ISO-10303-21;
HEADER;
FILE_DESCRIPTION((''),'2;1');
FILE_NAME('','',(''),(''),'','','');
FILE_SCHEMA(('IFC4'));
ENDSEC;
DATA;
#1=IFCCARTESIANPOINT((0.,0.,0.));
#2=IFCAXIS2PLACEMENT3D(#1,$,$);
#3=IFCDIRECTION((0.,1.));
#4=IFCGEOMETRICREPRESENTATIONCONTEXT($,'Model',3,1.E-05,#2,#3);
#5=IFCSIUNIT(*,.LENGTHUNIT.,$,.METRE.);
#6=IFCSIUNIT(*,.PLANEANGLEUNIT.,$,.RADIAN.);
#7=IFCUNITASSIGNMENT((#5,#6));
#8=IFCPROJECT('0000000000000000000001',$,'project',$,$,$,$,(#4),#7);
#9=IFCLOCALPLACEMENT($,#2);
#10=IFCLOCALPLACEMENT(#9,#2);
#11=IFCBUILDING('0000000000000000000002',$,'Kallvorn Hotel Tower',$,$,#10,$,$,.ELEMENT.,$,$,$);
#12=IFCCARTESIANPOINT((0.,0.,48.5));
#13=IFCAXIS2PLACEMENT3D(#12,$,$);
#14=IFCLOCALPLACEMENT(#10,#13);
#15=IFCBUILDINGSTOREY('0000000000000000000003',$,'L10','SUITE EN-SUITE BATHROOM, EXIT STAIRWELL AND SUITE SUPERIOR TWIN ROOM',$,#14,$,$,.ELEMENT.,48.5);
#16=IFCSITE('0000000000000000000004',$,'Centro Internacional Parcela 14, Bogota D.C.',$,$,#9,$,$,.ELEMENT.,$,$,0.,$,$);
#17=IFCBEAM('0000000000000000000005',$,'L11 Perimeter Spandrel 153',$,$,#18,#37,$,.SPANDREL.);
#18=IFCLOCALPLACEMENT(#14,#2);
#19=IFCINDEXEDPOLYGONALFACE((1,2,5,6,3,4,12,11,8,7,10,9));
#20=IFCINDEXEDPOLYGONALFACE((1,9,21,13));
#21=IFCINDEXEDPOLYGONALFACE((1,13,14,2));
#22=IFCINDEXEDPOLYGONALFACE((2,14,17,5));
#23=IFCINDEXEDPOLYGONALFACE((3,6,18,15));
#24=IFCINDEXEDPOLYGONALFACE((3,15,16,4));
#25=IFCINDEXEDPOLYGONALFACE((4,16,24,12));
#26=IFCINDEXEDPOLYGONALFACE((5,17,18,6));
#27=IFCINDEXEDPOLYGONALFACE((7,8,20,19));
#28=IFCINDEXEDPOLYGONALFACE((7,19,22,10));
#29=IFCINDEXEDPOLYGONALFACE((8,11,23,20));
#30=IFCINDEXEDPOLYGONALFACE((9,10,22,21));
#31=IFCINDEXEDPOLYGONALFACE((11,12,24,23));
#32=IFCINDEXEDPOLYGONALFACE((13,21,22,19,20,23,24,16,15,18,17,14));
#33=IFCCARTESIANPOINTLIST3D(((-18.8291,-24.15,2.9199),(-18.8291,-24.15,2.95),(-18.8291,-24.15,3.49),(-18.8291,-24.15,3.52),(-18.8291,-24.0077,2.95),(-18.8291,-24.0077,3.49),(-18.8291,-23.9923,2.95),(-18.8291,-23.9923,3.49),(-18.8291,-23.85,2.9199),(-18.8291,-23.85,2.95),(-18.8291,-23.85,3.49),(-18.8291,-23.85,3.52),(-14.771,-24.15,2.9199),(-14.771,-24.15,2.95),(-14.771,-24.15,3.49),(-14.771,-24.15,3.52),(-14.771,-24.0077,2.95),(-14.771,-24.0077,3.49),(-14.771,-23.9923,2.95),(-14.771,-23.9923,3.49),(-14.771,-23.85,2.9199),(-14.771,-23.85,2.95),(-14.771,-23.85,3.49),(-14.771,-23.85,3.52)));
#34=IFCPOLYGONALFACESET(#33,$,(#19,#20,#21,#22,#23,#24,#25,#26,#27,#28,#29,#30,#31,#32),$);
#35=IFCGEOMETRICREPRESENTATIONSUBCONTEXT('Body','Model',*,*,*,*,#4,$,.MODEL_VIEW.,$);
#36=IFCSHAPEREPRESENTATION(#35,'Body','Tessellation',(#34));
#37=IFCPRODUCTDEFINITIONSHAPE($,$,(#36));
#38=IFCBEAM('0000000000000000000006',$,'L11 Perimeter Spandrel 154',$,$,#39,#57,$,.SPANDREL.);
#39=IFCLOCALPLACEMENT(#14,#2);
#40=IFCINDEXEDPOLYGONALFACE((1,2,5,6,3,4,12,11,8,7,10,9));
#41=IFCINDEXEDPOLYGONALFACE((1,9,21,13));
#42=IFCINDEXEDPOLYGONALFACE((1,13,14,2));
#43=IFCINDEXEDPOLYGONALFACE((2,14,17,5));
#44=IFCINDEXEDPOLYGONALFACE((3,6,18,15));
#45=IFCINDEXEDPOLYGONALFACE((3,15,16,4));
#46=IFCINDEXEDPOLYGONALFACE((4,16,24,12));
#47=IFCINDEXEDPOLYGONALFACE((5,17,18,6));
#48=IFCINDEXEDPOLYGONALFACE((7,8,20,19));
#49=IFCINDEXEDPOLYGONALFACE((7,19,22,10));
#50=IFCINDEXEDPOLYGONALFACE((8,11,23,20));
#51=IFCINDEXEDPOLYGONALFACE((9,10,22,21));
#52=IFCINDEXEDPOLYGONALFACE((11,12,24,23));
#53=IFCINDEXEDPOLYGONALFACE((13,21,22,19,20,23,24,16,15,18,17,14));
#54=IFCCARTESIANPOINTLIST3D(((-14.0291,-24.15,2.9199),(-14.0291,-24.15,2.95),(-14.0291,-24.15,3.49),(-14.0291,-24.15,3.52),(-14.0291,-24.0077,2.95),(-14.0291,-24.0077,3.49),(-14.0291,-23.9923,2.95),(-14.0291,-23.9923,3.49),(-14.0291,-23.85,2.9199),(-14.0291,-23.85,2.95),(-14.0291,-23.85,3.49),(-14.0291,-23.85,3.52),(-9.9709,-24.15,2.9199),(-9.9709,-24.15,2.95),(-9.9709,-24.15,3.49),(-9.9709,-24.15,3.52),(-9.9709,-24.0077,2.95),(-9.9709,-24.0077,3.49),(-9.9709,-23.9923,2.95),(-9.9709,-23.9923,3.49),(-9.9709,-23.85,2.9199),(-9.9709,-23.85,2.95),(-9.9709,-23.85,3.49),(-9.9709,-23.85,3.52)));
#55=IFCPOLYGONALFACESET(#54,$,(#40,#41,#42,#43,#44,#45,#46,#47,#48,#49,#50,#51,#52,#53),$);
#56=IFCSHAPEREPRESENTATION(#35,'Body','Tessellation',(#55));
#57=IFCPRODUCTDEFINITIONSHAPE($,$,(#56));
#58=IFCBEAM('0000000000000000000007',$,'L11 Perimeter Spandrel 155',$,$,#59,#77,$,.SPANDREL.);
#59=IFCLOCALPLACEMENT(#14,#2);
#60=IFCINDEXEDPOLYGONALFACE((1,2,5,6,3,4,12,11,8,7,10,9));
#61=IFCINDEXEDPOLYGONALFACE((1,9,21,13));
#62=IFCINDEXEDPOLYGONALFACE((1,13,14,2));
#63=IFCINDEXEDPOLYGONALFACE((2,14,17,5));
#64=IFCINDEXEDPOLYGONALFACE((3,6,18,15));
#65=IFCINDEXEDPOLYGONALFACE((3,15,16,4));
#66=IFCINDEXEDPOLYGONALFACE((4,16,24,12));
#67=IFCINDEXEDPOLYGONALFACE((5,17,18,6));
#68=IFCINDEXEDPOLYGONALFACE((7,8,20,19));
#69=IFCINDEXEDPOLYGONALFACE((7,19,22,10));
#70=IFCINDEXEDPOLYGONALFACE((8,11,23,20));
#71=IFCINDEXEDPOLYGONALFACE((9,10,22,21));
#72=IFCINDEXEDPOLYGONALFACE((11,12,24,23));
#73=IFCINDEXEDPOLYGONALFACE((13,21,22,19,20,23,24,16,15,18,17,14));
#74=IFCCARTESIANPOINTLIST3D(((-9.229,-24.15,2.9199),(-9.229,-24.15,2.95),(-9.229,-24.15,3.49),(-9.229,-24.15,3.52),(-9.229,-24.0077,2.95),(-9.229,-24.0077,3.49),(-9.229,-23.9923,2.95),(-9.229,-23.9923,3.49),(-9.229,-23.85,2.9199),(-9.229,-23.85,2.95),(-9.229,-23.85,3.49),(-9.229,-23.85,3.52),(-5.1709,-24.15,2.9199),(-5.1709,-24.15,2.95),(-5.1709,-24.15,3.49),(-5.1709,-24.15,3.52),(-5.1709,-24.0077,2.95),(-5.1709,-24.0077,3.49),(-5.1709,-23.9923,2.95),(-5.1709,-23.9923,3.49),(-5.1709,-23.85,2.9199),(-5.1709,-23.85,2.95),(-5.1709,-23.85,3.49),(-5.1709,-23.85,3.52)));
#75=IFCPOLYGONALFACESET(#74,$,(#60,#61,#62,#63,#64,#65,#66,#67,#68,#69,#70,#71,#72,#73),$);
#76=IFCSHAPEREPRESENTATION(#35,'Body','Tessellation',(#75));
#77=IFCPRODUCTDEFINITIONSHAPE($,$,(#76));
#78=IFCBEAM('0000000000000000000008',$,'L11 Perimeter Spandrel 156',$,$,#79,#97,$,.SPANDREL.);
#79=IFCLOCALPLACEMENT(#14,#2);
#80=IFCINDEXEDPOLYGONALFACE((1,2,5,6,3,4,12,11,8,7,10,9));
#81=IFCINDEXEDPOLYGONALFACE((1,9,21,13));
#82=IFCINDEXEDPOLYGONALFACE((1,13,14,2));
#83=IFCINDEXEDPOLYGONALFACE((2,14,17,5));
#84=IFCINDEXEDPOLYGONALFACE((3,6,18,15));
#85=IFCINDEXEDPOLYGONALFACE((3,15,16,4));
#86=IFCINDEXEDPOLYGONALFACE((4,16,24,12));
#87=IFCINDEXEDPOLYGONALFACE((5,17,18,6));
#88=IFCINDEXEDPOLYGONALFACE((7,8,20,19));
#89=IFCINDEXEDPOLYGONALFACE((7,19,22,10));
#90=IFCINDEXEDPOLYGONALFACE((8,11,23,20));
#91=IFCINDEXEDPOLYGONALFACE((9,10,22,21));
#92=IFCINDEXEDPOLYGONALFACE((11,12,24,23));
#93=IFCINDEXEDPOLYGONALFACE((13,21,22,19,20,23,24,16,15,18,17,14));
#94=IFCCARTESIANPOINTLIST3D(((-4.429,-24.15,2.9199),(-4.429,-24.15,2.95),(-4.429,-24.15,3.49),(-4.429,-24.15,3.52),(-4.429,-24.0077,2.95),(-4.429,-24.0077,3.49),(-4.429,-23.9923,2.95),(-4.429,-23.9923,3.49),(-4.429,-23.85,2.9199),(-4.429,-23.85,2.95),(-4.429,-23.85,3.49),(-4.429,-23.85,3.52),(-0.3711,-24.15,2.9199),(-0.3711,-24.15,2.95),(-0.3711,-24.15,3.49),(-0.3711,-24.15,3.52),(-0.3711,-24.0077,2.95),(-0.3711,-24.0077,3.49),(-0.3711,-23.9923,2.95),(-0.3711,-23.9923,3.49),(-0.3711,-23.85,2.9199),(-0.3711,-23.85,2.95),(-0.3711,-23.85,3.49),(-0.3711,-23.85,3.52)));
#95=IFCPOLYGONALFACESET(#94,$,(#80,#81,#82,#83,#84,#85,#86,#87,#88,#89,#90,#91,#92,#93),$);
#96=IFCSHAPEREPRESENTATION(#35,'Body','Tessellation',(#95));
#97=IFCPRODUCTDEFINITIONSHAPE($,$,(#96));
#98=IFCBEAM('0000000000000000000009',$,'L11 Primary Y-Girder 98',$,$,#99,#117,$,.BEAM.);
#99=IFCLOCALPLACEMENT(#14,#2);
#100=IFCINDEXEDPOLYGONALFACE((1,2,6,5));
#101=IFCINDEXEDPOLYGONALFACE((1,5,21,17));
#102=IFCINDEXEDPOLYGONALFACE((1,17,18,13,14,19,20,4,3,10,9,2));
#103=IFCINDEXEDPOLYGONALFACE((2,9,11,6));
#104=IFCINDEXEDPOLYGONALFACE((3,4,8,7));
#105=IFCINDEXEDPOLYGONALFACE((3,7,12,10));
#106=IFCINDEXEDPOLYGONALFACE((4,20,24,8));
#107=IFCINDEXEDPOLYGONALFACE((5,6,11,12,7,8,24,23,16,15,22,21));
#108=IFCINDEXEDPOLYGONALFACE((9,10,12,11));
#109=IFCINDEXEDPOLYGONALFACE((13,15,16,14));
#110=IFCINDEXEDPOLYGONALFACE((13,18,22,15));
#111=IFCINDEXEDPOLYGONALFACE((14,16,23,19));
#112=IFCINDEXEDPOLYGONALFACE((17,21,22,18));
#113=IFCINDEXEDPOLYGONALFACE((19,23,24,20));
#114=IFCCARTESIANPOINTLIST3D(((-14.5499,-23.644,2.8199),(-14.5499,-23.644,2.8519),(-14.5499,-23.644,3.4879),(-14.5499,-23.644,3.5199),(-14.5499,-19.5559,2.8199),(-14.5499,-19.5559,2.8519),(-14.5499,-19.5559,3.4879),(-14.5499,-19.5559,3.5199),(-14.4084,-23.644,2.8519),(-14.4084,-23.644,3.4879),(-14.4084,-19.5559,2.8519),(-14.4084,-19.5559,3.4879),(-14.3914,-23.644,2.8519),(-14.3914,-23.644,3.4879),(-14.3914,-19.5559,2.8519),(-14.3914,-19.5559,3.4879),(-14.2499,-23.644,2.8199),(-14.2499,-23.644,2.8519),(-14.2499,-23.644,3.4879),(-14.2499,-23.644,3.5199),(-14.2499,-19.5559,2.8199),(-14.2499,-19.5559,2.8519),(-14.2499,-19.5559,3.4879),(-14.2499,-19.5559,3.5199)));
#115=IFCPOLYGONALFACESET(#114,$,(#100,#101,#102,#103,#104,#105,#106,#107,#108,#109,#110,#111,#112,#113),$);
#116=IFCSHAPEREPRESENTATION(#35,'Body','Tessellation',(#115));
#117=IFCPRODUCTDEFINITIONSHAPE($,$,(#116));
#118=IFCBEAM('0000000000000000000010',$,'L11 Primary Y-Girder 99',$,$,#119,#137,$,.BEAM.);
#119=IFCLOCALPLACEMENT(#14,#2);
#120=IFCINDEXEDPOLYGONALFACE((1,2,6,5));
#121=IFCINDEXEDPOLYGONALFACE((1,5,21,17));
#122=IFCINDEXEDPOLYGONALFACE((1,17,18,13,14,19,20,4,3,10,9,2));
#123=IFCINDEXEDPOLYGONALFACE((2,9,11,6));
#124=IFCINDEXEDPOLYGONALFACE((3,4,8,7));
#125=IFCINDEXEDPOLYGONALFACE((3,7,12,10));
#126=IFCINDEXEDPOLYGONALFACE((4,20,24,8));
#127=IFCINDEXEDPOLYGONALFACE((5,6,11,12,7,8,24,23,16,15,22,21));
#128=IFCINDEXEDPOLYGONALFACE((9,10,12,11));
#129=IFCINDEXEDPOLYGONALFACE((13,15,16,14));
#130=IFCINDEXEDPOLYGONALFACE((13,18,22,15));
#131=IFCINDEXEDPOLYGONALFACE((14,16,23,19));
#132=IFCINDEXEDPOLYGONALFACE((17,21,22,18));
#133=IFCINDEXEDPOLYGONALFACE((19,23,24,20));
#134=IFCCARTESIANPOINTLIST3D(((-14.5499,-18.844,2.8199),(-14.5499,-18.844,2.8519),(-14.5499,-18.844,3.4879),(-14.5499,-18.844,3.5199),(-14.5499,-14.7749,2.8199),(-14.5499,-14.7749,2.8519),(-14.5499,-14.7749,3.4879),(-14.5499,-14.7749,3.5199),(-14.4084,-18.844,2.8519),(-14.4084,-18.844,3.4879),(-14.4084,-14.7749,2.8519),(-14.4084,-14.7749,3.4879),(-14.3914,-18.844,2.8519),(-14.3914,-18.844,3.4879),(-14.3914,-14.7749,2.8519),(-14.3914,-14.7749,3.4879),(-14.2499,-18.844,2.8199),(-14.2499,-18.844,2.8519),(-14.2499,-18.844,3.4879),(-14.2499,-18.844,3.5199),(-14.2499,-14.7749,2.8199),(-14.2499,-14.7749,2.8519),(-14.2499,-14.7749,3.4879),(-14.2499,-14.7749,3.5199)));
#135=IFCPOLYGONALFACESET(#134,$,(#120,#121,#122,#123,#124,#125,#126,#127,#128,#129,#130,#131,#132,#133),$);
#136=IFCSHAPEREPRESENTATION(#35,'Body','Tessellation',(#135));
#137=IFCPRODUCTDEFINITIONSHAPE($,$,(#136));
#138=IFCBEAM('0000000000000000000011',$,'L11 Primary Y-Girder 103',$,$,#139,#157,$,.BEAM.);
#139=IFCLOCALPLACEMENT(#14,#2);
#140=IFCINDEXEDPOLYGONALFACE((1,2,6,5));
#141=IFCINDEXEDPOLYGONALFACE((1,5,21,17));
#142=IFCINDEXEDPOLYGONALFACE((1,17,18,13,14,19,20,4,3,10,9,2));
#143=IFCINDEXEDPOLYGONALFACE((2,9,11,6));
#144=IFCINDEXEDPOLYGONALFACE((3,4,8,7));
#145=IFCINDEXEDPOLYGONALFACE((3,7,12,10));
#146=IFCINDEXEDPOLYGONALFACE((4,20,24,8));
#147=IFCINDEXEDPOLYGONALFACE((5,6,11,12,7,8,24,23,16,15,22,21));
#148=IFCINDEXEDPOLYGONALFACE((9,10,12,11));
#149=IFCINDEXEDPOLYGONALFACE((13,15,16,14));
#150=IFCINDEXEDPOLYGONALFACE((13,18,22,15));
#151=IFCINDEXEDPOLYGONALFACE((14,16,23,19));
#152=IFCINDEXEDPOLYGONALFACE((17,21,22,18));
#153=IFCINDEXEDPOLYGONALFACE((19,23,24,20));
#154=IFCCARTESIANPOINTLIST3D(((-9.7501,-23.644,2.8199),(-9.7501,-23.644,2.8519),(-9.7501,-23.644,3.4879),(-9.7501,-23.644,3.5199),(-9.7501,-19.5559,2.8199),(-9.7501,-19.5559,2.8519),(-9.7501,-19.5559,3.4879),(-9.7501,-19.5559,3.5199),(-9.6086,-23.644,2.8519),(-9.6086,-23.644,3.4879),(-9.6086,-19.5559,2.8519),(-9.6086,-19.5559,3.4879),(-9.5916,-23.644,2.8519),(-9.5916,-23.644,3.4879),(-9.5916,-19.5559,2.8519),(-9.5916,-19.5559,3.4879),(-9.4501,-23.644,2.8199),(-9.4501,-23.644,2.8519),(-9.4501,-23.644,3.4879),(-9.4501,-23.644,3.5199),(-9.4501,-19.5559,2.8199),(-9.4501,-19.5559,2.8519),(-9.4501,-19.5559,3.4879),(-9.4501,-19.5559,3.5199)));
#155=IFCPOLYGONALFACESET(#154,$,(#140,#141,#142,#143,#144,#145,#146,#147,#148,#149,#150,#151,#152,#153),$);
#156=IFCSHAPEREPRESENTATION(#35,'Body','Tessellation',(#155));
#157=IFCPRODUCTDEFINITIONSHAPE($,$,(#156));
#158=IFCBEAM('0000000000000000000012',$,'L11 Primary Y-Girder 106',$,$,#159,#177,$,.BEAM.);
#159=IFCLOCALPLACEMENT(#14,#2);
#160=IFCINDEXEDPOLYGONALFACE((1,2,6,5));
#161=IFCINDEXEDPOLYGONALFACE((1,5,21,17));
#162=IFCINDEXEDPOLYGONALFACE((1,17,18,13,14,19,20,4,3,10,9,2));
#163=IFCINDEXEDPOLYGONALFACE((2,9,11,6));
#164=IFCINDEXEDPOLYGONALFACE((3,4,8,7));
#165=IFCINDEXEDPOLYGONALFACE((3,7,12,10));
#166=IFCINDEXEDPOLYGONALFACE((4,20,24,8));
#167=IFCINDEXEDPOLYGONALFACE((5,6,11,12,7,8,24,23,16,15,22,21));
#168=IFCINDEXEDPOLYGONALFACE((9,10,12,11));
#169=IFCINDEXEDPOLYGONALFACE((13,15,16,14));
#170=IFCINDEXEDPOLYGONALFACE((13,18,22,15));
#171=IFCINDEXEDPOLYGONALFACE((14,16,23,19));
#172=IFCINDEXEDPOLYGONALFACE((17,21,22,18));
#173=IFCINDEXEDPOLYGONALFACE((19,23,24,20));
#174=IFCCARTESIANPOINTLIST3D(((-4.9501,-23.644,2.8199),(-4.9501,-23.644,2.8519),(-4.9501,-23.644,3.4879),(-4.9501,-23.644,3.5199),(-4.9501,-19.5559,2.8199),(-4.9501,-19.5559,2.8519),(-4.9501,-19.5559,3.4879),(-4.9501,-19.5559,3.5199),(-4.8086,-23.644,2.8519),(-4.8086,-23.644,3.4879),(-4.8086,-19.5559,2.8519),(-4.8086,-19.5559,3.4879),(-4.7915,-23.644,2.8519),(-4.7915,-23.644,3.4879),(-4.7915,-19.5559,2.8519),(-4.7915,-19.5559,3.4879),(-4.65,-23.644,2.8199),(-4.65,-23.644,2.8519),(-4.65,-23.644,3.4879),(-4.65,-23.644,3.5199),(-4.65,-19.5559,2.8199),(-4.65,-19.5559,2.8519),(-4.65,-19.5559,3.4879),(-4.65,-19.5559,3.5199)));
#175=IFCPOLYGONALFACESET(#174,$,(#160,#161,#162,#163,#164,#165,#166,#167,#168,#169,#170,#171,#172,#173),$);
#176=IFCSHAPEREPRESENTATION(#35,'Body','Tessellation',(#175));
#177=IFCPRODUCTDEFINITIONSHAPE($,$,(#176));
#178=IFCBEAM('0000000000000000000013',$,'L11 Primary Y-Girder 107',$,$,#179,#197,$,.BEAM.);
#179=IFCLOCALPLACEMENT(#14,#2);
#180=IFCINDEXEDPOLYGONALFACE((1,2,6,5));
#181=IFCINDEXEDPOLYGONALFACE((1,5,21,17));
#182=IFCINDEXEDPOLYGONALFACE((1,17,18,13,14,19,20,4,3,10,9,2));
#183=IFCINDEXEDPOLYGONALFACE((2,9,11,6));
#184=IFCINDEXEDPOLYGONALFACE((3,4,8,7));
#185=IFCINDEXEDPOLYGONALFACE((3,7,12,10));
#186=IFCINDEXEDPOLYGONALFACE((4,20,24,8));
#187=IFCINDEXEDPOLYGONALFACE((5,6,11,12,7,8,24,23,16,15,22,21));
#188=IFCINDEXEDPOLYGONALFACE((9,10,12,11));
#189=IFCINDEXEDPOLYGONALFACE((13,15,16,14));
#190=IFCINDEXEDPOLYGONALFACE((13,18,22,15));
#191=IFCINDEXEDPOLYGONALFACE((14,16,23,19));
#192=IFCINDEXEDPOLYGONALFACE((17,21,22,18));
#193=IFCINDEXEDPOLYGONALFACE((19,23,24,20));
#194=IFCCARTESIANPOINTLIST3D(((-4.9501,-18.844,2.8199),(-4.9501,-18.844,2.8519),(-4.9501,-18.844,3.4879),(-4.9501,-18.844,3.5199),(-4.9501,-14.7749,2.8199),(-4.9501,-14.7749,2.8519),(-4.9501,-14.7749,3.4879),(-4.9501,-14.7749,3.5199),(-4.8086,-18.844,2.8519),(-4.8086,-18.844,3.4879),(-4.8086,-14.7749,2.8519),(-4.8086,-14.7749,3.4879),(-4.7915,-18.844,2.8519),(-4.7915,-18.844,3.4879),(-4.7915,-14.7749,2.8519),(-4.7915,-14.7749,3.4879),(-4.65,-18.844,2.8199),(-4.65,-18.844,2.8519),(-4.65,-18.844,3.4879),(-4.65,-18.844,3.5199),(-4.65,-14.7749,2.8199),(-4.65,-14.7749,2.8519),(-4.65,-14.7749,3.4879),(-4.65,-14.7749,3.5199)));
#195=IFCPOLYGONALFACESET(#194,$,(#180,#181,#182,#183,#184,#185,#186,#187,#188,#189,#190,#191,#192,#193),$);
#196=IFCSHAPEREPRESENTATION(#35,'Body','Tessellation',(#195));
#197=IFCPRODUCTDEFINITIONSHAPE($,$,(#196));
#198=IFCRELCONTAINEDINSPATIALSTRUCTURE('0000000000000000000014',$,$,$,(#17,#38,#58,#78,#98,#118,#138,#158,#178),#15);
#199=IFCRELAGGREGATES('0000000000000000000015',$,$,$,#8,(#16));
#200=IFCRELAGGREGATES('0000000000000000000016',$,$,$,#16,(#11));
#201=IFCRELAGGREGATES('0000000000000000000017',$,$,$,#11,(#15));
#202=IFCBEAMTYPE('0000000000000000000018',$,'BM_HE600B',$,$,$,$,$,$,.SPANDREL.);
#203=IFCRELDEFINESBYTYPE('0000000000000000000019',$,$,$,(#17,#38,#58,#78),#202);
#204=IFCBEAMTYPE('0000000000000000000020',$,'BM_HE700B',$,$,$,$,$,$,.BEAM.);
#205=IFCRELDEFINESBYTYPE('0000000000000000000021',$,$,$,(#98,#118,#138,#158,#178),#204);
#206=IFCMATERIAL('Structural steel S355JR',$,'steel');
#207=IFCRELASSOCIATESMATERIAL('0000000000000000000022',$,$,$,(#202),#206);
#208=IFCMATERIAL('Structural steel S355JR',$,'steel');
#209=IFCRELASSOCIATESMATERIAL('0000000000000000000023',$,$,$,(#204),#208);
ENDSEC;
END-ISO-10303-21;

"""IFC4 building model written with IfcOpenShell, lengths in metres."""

from ifc_helpers import new_model, si_unit, direction, frame, origin, origin_2d, place, context, subcontext, project, spatial, i_section, extrude, material, material_profile, profile_set, type_object, element, save


model = new_model("IFC4")

# Units and contexts
model_context = context("Model", 3, precision=1e-05, world=origin(), true_north=direction((0.0, 1.0)))
body_context = subcontext(model_context, "Body", "Model", "MODEL_VIEW")
ifc_project = project(units=[si_unit("LENGTHUNIT", "METRE"), si_unit("PLANEANGLEUNIT", "RADIAN")], contexts=[model_context])

# Site, building, storey
site_placement = place(None, origin())
site = spatial("IfcSite", under=ifc_project, at=site_placement, Name="Centro Internacional Parcela 14, Bogota D.C.", CompositionType="ELEMENT", RefElevation=0.0)
building_placement = place(site_placement, origin())
building = spatial("IfcBuilding", under=site, at=building_placement, Name="Kallvorn Hotel Tower", CompositionType="ELEMENT")
storey_placement = place(building_placement, frame((0.0, 0.0, 48.5)))
storey = spatial("IfcBuildingStorey", under=building, at=storey_placement, Name="L10", Description="SUITE EN-SUITE BATHROOM, EXIT STAIRWELL AND SUITE SUPERIOR TWIN ROOM", CompositionType="ELEMENT", Elevation=48.5)

# Beams
ifc_material_1 = material(Name="Structural steel S355JR", Category="steel")
ifc_material_profile_1 = material_profile(ifc_material_1, i_section(OverallWidth=0.3, OverallDepth=0.6001, WebThickness=0.0154, FlangeThickness=0.03, at=origin_2d()), Name="HE 600 B")
ifc_profile_set_1 = profile_set([ifc_material_profile_1], Name="Structural steel S355JR")
beam_type_1 = type_object("IfcBeamType", Name="BM_HE600B", PredefinedType="SPANDREL", material=ifc_profile_set_1)
for number, where, z_axis, x_axis, name in (
    (1, (-18.8291, -24.0, 3.22), (1.0, 0.0, 0.0), (0.0, 1.0, 0.0), "L11 Perimeter Spandrel 153"),
    (2, (-14.0291, -24.0, 3.22), (1.0, 0.0, 0.0), (0.0, 1.0, 0.0), "L11 Perimeter Spandrel 154"),
    (3, (-9.229, -24.0, 3.22), (1.0, 0.0, 0.0), (0.0, 1.0, 0.0), "L11 Perimeter Spandrel 155"),
):
    element("IfcBeam", number, at=place(storey_placement, frame(where, z_axis=z_axis, x_axis=x_axis)), inside=storey, type_object=beam_type_1, Name=name, PredefinedType="SPANDREL", context=body_context, shape_type="SweptSolid", body=[
        extrude(i_section(OverallWidth=0.3, OverallDepth=0.6001, WebThickness=0.0154, FlangeThickness=0.03, at=origin_2d()), origin(), (0.0, 0.0, 1.0), 4.0581),
    ])
beam_1_placement = place(storey_placement, frame((-4.429, -24.0, 3.22), z_axis=(1.0, 0.0, 0.0), x_axis=(0.0, 1.0, 0.0)))
element("IfcBeam", 4, at=beam_1_placement, inside=storey, type_object=beam_type_1, Name="L11 Perimeter Spandrel 156", PredefinedType="SPANDREL", context=body_context, shape_type="SweptSolid", body=[
    extrude(i_section(OverallWidth=0.3, OverallDepth=0.6001, WebThickness=0.0154, FlangeThickness=0.03, at=origin_2d()), origin(), (0.0, 0.0, 1.0), 4.0579),
])
ifc_material_2 = material(Name="Structural steel S355JR", Category="steel")
ifc_material_profile_2 = material_profile(ifc_material_2, i_section(OverallWidth=0.3, OverallDepth=0.7, WebThickness=0.0171, FlangeThickness=0.032, at=origin_2d()), Name="HE 700 B")
ifc_profile_set_2 = profile_set([ifc_material_profile_2], Name="Structural steel S355JR")
beam_type_2 = type_object("IfcBeamType", Name="BM_HE700B", PredefinedType="BEAM", material=ifc_profile_set_2)
beam_2_placement = place(storey_placement, frame((-14.3999, -23.644, 3.1699), z_axis=(0.0, 1.0, 0.0), x_axis=(-1.0, 0.0, 0.0)))
element("IfcBeam", 5, at=beam_2_placement, inside=storey, type_object=beam_type_2, Name="L11 Primary Y-Girder 98", PredefinedType="BEAM", context=body_context, shape_type="SweptSolid", body=[
    extrude(i_section(OverallWidth=0.3, OverallDepth=0.7, WebThickness=0.0171, FlangeThickness=0.032, at=origin_2d()), origin(), (0.0, 0.0, 1.0), 4.0881),
])
beam_3_placement = place(storey_placement, frame((-14.3999, -18.844, 3.1699), z_axis=(0.0, 1.0, 0.0), x_axis=(-1.0, 0.0, 0.0)))
element("IfcBeam", 6, at=beam_3_placement, inside=storey, type_object=beam_type_2, Name="L11 Primary Y-Girder 99", PredefinedType="BEAM", context=body_context, shape_type="SweptSolid", body=[
    extrude(i_section(OverallWidth=0.3, OverallDepth=0.7, WebThickness=0.0171, FlangeThickness=0.032, at=origin_2d()), origin(), (0.0, 0.0, 1.0), 4.0691),
])
for number, where, z_axis, x_axis, name in (
    (7, (-9.6001, -23.644, 3.1699), (0.0, 1.0, 0.0), (-1.0, 0.0, 0.0), "L11 Primary Y-Girder 103"),
    (8, (-4.8, -23.644, 3.1699), (0.0, 1.0, 0.0), (-1.0, 0.0, 0.0), "L11 Primary Y-Girder 106"),
):
    element("IfcBeam", number, at=place(storey_placement, frame(where, z_axis=z_axis, x_axis=x_axis)), inside=storey, type_object=beam_type_2, Name=name, PredefinedType="BEAM", context=body_context, shape_type="SweptSolid", body=[
        extrude(i_section(OverallWidth=0.3, OverallDepth=0.7, WebThickness=0.0171, FlangeThickness=0.032, at=origin_2d()), origin(), (0.0, 0.0, 1.0), 4.0881),
    ])
beam_4_placement = place(storey_placement, frame((-4.8, -18.844, 3.1699), z_axis=(0.0, 1.0, 0.0), x_axis=(-1.0, 0.0, 0.0)))
element("IfcBeam", 9, at=beam_4_placement, inside=storey, type_object=beam_type_2, Name="L11 Primary Y-Girder 107", PredefinedType="BEAM", context=body_context, shape_type="SweptSolid", body=[
    extrude(i_section(OverallWidth=0.3, OverallDepth=0.7, WebThickness=0.0171, FlangeThickness=0.032, at=origin_2d()), origin(), (0.0, 0.0, 1.0), 4.0691),
])

save(model, "model.ifc")
